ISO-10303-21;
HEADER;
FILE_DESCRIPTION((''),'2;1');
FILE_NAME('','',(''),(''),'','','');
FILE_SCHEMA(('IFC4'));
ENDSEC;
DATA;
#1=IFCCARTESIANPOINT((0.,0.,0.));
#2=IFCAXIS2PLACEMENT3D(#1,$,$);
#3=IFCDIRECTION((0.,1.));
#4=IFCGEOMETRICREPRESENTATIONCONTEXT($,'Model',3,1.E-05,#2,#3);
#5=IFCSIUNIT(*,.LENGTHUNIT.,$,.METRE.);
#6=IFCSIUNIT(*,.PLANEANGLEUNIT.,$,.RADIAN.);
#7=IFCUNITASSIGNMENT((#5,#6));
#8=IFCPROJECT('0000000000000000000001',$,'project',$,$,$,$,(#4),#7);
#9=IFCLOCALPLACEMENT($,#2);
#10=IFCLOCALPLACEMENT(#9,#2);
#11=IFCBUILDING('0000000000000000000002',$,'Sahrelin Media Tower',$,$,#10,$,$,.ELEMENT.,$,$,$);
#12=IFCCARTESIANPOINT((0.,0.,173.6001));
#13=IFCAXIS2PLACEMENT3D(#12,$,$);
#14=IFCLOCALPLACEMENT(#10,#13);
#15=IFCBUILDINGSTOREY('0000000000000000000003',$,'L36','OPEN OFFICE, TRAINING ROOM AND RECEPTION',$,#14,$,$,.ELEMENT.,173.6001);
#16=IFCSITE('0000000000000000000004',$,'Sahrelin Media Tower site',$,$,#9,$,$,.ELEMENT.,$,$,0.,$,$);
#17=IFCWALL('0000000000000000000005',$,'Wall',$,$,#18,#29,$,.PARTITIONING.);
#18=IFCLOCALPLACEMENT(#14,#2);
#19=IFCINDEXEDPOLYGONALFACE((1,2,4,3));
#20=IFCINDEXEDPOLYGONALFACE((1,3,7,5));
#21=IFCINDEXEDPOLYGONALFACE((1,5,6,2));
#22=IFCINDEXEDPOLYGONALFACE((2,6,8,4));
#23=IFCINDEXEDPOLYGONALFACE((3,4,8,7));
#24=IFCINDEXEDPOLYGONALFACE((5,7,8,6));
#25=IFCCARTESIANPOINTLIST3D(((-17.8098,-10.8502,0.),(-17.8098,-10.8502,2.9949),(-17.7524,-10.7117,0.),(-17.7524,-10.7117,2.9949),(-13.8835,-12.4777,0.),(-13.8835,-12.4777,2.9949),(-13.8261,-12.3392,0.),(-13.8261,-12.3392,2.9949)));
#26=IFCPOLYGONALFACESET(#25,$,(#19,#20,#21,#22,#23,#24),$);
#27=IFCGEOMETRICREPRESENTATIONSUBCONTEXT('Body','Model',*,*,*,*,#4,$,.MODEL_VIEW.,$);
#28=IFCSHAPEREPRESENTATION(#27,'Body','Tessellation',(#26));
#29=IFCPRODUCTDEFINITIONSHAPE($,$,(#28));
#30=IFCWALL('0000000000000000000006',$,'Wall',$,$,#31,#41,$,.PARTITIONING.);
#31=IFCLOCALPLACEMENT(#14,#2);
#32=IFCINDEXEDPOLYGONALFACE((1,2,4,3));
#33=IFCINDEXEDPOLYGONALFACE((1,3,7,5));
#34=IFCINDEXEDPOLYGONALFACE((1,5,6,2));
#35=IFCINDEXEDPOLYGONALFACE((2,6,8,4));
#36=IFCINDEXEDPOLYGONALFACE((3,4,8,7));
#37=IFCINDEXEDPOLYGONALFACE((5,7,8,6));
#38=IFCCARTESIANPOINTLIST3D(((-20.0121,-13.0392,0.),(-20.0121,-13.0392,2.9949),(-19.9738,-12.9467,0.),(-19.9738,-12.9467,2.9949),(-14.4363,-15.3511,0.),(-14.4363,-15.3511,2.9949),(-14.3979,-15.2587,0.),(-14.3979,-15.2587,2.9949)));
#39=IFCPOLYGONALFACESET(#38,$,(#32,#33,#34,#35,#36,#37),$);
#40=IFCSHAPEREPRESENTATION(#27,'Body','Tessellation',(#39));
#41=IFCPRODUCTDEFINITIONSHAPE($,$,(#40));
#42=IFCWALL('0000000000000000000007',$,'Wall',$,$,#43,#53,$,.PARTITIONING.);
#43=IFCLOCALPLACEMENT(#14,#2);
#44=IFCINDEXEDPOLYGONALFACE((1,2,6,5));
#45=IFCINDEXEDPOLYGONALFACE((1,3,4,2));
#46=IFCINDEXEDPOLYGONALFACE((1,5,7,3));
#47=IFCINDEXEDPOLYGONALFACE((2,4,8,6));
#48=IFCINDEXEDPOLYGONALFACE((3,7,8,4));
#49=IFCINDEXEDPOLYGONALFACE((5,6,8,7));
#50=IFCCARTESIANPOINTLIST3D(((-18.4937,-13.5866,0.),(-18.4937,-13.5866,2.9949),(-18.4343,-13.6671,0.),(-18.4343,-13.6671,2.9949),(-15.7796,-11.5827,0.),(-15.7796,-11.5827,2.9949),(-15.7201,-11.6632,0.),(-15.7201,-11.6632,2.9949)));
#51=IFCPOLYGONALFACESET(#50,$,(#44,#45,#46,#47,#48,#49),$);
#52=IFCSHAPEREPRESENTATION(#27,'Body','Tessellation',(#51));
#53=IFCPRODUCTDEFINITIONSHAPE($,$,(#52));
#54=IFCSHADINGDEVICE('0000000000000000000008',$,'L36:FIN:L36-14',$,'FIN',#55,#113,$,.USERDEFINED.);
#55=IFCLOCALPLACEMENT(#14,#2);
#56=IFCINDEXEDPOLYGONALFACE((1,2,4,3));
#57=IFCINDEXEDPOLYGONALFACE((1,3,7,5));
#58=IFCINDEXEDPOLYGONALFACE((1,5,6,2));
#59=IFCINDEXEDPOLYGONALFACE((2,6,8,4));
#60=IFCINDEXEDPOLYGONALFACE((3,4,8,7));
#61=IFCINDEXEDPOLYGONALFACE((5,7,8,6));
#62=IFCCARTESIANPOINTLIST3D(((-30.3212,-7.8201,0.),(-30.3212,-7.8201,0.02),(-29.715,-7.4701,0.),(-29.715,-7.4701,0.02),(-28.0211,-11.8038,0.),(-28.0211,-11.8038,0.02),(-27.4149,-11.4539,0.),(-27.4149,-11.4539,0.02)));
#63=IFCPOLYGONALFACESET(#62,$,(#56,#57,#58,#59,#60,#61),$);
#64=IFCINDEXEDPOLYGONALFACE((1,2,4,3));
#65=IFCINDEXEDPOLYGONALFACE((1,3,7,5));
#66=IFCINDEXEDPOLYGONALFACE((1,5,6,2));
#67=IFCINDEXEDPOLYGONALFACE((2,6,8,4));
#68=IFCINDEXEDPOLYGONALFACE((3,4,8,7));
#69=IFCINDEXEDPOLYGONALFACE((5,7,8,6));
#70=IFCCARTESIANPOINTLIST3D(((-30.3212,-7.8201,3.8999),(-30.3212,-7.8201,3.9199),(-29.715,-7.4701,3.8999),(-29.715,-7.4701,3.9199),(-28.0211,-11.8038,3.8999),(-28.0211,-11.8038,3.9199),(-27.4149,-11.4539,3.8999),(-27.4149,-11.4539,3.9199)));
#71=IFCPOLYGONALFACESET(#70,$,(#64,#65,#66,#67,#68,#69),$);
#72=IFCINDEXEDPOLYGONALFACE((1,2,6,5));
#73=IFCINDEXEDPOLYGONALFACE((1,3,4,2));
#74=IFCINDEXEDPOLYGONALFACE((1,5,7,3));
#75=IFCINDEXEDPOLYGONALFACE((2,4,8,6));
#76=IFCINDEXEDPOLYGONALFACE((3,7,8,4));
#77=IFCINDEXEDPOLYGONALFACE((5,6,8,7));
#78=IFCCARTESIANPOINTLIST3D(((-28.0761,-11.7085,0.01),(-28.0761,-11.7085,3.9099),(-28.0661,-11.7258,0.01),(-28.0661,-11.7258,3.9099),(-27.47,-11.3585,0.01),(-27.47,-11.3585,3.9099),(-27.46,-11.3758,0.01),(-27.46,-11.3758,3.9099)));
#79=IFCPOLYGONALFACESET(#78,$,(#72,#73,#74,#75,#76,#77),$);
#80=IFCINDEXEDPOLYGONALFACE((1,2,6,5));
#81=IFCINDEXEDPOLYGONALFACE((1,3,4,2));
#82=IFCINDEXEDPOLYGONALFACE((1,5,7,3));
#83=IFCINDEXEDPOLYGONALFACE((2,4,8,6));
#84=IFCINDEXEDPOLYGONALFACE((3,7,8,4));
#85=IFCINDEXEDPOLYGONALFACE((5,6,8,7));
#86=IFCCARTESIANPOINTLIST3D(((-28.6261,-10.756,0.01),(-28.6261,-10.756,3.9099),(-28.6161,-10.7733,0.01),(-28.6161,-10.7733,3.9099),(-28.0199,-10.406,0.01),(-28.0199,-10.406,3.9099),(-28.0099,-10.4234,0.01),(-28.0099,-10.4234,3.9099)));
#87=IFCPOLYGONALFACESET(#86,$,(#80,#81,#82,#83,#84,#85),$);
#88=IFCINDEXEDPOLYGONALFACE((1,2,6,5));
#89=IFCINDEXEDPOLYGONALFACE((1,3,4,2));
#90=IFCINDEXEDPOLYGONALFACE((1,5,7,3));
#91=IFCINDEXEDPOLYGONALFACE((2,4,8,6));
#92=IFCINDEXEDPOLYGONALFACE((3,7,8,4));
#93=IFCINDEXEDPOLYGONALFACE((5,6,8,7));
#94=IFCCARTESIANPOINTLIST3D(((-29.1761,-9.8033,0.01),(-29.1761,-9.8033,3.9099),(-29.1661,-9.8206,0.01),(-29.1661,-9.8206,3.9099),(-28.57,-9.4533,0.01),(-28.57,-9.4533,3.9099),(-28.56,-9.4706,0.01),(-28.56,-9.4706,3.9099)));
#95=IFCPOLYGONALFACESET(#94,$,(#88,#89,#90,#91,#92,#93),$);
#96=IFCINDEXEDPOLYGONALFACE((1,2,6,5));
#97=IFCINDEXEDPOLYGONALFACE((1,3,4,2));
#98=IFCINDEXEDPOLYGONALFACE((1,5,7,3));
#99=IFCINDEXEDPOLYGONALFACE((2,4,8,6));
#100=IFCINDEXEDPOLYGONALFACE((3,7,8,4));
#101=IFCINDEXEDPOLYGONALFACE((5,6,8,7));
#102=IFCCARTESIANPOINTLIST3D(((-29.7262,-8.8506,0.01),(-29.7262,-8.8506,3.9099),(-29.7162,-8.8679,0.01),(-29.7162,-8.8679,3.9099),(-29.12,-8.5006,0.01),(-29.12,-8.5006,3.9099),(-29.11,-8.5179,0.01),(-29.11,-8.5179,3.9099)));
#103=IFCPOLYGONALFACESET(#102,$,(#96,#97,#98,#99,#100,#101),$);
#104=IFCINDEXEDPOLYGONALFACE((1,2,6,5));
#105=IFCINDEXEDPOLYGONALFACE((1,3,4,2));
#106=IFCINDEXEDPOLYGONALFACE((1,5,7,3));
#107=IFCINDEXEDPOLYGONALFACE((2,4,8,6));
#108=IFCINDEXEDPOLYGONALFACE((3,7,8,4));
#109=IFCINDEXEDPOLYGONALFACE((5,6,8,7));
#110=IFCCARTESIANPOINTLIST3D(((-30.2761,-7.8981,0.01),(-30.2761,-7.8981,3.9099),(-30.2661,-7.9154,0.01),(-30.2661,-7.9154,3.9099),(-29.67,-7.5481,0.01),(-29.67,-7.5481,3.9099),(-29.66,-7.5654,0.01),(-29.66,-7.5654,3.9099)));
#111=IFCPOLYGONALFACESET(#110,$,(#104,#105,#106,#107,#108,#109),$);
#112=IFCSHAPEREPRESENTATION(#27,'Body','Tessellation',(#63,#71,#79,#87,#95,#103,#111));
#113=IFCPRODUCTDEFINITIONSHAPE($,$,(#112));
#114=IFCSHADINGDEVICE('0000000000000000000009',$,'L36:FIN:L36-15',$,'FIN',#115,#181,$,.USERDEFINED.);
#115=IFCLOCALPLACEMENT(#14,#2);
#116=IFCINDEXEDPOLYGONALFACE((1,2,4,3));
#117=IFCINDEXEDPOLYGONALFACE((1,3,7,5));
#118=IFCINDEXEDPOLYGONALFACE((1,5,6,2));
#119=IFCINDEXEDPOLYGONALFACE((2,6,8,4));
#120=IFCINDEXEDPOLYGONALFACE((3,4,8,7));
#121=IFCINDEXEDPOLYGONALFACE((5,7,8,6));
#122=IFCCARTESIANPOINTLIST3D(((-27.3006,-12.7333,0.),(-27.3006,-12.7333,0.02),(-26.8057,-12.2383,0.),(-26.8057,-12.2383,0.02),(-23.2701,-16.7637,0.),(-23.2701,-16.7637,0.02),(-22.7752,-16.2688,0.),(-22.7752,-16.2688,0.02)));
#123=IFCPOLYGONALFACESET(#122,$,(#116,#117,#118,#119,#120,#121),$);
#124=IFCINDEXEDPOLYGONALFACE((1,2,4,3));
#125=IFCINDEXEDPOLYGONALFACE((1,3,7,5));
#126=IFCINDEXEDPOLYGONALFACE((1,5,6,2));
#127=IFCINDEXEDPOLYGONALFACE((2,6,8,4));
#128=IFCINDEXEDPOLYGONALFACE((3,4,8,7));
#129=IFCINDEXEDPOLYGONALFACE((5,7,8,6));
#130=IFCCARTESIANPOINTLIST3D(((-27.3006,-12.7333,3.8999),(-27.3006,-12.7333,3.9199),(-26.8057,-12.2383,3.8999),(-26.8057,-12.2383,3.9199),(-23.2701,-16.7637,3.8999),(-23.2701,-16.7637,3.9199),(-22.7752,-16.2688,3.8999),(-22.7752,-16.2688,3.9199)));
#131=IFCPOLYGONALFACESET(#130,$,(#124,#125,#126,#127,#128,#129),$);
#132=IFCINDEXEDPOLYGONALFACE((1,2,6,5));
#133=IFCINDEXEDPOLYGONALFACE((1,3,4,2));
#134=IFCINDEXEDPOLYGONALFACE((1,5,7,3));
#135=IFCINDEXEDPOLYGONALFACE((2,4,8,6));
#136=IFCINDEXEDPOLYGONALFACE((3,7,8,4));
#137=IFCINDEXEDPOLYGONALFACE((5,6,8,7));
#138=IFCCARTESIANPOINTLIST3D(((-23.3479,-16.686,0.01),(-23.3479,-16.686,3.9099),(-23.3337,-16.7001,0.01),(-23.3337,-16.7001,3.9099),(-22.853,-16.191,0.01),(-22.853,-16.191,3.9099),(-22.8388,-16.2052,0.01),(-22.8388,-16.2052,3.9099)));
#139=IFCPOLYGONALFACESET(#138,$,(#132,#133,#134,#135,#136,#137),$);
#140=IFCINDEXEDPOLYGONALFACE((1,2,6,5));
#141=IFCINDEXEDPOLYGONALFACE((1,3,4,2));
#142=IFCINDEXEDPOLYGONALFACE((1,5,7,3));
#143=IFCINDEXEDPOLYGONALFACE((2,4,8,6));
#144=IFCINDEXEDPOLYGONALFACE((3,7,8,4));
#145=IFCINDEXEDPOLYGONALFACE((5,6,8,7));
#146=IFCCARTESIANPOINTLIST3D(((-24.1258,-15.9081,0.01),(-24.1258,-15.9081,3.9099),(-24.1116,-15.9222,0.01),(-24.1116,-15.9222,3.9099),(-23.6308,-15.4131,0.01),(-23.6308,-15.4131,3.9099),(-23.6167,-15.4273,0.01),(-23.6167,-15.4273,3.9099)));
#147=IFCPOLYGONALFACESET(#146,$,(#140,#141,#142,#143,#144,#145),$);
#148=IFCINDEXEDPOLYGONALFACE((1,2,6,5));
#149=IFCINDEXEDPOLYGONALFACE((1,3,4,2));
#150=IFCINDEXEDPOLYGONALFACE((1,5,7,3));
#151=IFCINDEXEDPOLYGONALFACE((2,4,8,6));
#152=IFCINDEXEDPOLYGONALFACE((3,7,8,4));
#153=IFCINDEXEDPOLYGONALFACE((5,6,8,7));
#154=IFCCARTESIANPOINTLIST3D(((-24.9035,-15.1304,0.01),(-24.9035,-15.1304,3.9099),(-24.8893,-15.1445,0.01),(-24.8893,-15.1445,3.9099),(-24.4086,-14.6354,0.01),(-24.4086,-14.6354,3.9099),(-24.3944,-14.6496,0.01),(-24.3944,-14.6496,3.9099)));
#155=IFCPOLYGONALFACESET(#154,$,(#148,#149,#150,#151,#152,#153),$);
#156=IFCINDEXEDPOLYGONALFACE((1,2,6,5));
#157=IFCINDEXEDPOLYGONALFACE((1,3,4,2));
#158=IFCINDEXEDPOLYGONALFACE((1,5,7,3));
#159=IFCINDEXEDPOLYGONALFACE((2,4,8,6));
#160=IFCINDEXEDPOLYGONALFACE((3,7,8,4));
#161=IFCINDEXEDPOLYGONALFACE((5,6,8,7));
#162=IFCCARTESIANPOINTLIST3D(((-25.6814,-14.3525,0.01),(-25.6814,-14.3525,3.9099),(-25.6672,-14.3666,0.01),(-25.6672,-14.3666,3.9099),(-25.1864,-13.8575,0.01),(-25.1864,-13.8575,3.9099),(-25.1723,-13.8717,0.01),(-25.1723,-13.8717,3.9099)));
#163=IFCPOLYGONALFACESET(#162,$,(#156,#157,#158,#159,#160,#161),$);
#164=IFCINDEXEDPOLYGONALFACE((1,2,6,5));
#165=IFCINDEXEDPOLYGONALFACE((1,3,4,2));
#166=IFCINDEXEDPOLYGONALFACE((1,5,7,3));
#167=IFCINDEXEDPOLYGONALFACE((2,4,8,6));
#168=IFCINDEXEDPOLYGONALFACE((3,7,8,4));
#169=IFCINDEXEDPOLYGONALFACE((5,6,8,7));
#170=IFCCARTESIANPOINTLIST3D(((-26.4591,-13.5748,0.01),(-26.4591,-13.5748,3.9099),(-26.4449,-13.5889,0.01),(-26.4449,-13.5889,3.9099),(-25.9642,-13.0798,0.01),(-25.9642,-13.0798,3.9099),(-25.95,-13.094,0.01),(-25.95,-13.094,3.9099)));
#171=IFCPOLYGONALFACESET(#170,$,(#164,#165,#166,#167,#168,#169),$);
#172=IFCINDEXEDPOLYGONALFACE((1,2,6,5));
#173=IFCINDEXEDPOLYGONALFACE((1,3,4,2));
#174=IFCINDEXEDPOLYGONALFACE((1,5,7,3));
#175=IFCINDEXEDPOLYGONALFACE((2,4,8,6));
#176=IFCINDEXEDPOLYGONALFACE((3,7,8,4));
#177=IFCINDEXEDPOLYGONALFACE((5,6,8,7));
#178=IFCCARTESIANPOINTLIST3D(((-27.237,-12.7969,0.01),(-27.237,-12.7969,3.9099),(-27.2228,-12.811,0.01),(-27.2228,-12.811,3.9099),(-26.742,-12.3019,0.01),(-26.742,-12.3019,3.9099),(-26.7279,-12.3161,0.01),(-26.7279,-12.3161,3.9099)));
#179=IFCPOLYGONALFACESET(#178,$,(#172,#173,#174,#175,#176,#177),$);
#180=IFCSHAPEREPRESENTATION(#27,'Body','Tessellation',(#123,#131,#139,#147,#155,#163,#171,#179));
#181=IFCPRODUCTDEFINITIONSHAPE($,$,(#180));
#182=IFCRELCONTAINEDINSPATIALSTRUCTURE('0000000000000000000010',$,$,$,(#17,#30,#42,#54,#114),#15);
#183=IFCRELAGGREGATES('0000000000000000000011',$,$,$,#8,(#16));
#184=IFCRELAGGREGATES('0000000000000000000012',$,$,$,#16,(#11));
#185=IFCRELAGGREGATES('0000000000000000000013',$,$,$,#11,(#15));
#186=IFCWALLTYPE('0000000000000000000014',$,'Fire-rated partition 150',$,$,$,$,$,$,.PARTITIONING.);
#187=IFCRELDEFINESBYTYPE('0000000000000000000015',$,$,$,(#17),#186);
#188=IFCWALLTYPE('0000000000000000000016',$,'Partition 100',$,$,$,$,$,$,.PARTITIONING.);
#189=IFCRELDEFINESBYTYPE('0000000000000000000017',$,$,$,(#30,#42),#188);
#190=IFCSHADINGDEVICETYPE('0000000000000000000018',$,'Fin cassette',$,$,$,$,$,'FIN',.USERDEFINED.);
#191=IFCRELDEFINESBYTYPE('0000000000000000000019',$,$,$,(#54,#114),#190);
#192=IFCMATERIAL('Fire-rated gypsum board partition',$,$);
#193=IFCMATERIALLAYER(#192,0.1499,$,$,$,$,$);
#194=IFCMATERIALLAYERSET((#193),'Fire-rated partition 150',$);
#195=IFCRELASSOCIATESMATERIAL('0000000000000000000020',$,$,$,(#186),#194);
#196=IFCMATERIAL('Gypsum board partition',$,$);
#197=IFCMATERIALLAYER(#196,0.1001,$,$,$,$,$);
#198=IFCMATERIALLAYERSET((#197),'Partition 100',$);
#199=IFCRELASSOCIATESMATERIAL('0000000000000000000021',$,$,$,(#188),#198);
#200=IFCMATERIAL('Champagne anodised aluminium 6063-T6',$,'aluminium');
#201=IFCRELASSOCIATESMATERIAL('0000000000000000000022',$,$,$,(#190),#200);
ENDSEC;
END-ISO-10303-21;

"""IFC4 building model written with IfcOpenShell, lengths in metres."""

from ifc_helpers import new_model, si_unit, direction, frame, frame_2d, origin, origin_2d, place, context, subcontext, project, spatial, rectangle, extrude, material, layer, layer_set, type_object, element, save


model = new_model("IFC4")

# Units and contexts
model_context = context("Model", 3, precision=1e-05, world=origin(), true_north=direction((0.0, 1.0)))
body_context = subcontext(model_context, "Body", "Model", "MODEL_VIEW")
ifc_project = project(units=[si_unit("LENGTHUNIT", "METRE"), si_unit("PLANEANGLEUNIT", "RADIAN")], contexts=[model_context])

# Site, building, storey
site_placement = place(None, origin())
site = spatial("IfcSite", under=ifc_project, at=site_placement, Name="Sahrelin Media Tower site", CompositionType="ELEMENT", RefElevation=0.0)
building_placement = place(site_placement, origin())
building = spatial("IfcBuilding", under=site, at=building_placement, Name="Sahrelin Media Tower", CompositionType="ELEMENT")
storey_placement = place(building_placement, frame((0.0, 0.0, 173.6001)))
storey = spatial("IfcBuildingStorey", under=building, at=storey_placement, Name="L36", Description="OPEN OFFICE, TRAINING ROOM AND RECEPTION", CompositionType="ELEMENT", Elevation=173.6001)

# Shared definitions
ifc_material_1 = material(Name="Champagne anodised aluminium 6063-T6", Category="aluminium")

# Walls
ifc_material_2 = material(Name="Fire-rated gypsum board partition")
ifc_layer_1 = layer(ifc_material_2, 0.1499)
ifc_layer_set_1 = layer_set([ifc_layer_1], Name="Fire-rated partition 150")
wall_type_1 = type_object("IfcWallType", Name="Fire-rated partition 150", PredefinedType="PARTITIONING", material=ifc_layer_set_1)
wall_1_placement = place(storey_placement, frame((-17.781, -10.781, 0.0), z_axis=(0.0, 0.0, 1.0), x_axis=(0.923786, -0.38291, 0.0)))
element("IfcWall", 1, at=wall_1_placement, inside=storey, type_object=wall_type_1, Name="Wall", PredefinedType="PARTITIONING", context=body_context, shape_type="SweptSolid", body=[
    extrude(rectangle(XDim=4.2502, YDim=0.1499, at=frame_2d((2.125, 0.0))), origin(), (0.0, 0.0, 1.0), 2.9949),
])
ifc_material_3 = material(Name="Gypsum board partition")
ifc_layer_2 = layer(ifc_material_3, 0.1001)
ifc_layer_set_2 = layer_set([ifc_layer_2], Name="Partition 100")
wall_type_2 = type_object("IfcWallType", Name="Partition 100", PredefinedType="PARTITIONING", material=ifc_layer_set_2)
wall_2_placement = place(storey_placement, frame((-19.9929, -12.9929, 0.0), z_axis=(0.0, 0.0, 1.0), x_axis=(0.92374, -0.383021, 0.0)))
element("IfcWall", 2, at=wall_2_placement, inside=storey, type_object=wall_type_2, Name="Wall", PredefinedType="PARTITIONING", context=body_context, shape_type="SweptSolid", body=[
    extrude(rectangle(XDim=6.0361, YDim=0.1001, at=frame_2d((3.0181, 0.0))), origin(), (0.0, 0.0, 1.0), 2.9949),
])
wall_3_placement = place(storey_placement, frame((-18.4641, -13.627, 0.0), z_axis=(0.0, 0.0, 1.0), x_axis=(0.804484, 0.593974, 0.0)))
element("IfcWall", 3, at=wall_3_placement, inside=storey, type_object=wall_type_2, Name="Wall", PredefinedType="PARTITIONING", context=body_context, shape_type="SweptSolid", body=[
    extrude(rectangle(XDim=3.3738, YDim=0.1001, at=frame_2d((1.687, 0.0))), origin(), (0.0, 0.0, 1.0), 2.9949),
])

# Shading devices
shading_device_type_1 = type_object("IfcShadingDeviceType", Name="Fin cassette", ElementType="FIN", PredefinedType="USERDEFINED", material=ifc_material_1)
placement_1 = place(storey_placement, frame((-28.5044, -9.427, 0.0), z_axis=(0.0, 0.0, 1.0), x_axis=(-0.500011, 0.866019, 0.0)))
element("IfcShadingDevice", 4, at=placement_1, inside=storey, type_object=shading_device_type_1, Name="L36:FIN:L36-14", ObjectType="FIN", PredefinedType="USERDEFINED", context=body_context, shape_type="SweptSolid", body=[
    extrude(rectangle(XDim=4.6001, YDim=0.7, at=origin_2d()), frame((0.0, 0.4199, 0.0)), (0.0, 0.0, 1.0), 0.02),
    extrude(rectangle(XDim=4.6001, YDim=0.7, at=origin_2d()), frame((0.0, 0.4199, 3.8999)), (0.0, 0.0, 1.0), 0.02),
    extrude(rectangle(XDim=0.02, YDim=0.7, at=origin_2d()), frame((-2.2, 0.4199, 0.01), z_axis=(0.0, 0.0, 1.0), x_axis=(1.0, 0.0, 0.0)), (0.0, 0.0, 1.0), 3.8999),
    extrude(rectangle(XDim=0.02, YDim=0.7, at=origin_2d()), frame((-1.1001, 0.4199, 0.01), z_axis=(0.0, 0.0, 1.0), x_axis=(1.0, 0.0, 0.0)), (0.0, 0.0, 1.0), 3.8999),
    extrude(rectangle(XDim=0.02, YDim=0.7, at=origin_2d()), frame((0.0, 0.4199, 0.01), z_axis=(0.0, 0.0, 1.0), x_axis=(1.0, 0.0, 0.0)), (0.0, 0.0, 1.0), 3.8999),
    extrude(rectangle(XDim=0.02, YDim=0.7, at=origin_2d()), frame((1.1001, 0.4199, 0.01), z_axis=(0.0, 0.0, 1.0), x_axis=(1.0, 0.0, 0.0)), (0.0, 0.0, 1.0), 3.8999),
    extrude(rectangle(XDim=0.02, YDim=0.7, at=origin_2d()), frame((2.2, 0.4199, 0.01), z_axis=(0.0, 0.0, 1.0), x_axis=(1.0, 0.0, 0.0)), (0.0, 0.0, 1.0), 3.8999),
])
placement_2 = place(storey_placement, frame((-24.741, -14.2041, 0.0), z_axis=(0.0, 0.0, 1.0), x_axis=(-0.707107, 0.707107, 0.0)))
element("IfcShadingDevice", 5, at=placement_2, inside=storey, type_object=shading_device_type_1, Name="L36:FIN:L36-15", ObjectType="FIN", PredefinedType="USERDEFINED", context=body_context, shape_type="SweptSolid", body=[
    extrude(rectangle(XDim=5.7, YDim=0.7, at=origin_2d()), frame((0.0, 0.4199, 0.0)), (0.0, 0.0, 1.0), 0.02),
    extrude(rectangle(XDim=5.7, YDim=0.7, at=origin_2d()), frame((0.0, 0.4199, 3.8999)), (0.0, 0.0, 1.0), 0.02),
    extrude(rectangle(XDim=0.02, YDim=0.7, at=origin_2d()), frame((-2.75, 0.4199, 0.01), z_axis=(0.0, 0.0, 1.0), x_axis=(1.0, 0.0, 0.0)), (0.0, 0.0, 1.0), 3.8999),
    extrude(rectangle(XDim=0.02, YDim=0.7, at=origin_2d()), frame((-1.6499, 0.4199, 0.01), z_axis=(0.0, 0.0, 1.0), x_axis=(1.0, 0.0, 0.0)), (0.0, 0.0, 1.0), 3.8999),
    extrude(rectangle(XDim=0.02, YDim=0.7, at=origin_2d()), frame((-0.55, 0.4199, 0.01), z_axis=(0.0, 0.0, 1.0), x_axis=(1.0, 0.0, 0.0)), (0.0, 0.0, 1.0), 3.8999),
    extrude(rectangle(XDim=0.02, YDim=0.7, at=origin_2d()), frame((0.55, 0.4199, 0.01), z_axis=(0.0, 0.0, 1.0), x_axis=(1.0, 0.0, 0.0)), (0.0, 0.0, 1.0), 3.8999),
    extrude(rectangle(XDim=0.02, YDim=0.7, at=origin_2d()), frame((1.6499, 0.4199, 0.01), z_axis=(0.0, 0.0, 1.0), x_axis=(1.0, 0.0, 0.0)), (0.0, 0.0, 1.0), 3.8999),
    extrude(rectangle(XDim=0.02, YDim=0.7, at=origin_2d()), frame((2.75, 0.4199, 0.01), z_axis=(0.0, 0.0, 1.0), x_axis=(1.0, 0.0, 0.0)), (0.0, 0.0, 1.0), 3.8999),
])

save(model, "model.ifc")
